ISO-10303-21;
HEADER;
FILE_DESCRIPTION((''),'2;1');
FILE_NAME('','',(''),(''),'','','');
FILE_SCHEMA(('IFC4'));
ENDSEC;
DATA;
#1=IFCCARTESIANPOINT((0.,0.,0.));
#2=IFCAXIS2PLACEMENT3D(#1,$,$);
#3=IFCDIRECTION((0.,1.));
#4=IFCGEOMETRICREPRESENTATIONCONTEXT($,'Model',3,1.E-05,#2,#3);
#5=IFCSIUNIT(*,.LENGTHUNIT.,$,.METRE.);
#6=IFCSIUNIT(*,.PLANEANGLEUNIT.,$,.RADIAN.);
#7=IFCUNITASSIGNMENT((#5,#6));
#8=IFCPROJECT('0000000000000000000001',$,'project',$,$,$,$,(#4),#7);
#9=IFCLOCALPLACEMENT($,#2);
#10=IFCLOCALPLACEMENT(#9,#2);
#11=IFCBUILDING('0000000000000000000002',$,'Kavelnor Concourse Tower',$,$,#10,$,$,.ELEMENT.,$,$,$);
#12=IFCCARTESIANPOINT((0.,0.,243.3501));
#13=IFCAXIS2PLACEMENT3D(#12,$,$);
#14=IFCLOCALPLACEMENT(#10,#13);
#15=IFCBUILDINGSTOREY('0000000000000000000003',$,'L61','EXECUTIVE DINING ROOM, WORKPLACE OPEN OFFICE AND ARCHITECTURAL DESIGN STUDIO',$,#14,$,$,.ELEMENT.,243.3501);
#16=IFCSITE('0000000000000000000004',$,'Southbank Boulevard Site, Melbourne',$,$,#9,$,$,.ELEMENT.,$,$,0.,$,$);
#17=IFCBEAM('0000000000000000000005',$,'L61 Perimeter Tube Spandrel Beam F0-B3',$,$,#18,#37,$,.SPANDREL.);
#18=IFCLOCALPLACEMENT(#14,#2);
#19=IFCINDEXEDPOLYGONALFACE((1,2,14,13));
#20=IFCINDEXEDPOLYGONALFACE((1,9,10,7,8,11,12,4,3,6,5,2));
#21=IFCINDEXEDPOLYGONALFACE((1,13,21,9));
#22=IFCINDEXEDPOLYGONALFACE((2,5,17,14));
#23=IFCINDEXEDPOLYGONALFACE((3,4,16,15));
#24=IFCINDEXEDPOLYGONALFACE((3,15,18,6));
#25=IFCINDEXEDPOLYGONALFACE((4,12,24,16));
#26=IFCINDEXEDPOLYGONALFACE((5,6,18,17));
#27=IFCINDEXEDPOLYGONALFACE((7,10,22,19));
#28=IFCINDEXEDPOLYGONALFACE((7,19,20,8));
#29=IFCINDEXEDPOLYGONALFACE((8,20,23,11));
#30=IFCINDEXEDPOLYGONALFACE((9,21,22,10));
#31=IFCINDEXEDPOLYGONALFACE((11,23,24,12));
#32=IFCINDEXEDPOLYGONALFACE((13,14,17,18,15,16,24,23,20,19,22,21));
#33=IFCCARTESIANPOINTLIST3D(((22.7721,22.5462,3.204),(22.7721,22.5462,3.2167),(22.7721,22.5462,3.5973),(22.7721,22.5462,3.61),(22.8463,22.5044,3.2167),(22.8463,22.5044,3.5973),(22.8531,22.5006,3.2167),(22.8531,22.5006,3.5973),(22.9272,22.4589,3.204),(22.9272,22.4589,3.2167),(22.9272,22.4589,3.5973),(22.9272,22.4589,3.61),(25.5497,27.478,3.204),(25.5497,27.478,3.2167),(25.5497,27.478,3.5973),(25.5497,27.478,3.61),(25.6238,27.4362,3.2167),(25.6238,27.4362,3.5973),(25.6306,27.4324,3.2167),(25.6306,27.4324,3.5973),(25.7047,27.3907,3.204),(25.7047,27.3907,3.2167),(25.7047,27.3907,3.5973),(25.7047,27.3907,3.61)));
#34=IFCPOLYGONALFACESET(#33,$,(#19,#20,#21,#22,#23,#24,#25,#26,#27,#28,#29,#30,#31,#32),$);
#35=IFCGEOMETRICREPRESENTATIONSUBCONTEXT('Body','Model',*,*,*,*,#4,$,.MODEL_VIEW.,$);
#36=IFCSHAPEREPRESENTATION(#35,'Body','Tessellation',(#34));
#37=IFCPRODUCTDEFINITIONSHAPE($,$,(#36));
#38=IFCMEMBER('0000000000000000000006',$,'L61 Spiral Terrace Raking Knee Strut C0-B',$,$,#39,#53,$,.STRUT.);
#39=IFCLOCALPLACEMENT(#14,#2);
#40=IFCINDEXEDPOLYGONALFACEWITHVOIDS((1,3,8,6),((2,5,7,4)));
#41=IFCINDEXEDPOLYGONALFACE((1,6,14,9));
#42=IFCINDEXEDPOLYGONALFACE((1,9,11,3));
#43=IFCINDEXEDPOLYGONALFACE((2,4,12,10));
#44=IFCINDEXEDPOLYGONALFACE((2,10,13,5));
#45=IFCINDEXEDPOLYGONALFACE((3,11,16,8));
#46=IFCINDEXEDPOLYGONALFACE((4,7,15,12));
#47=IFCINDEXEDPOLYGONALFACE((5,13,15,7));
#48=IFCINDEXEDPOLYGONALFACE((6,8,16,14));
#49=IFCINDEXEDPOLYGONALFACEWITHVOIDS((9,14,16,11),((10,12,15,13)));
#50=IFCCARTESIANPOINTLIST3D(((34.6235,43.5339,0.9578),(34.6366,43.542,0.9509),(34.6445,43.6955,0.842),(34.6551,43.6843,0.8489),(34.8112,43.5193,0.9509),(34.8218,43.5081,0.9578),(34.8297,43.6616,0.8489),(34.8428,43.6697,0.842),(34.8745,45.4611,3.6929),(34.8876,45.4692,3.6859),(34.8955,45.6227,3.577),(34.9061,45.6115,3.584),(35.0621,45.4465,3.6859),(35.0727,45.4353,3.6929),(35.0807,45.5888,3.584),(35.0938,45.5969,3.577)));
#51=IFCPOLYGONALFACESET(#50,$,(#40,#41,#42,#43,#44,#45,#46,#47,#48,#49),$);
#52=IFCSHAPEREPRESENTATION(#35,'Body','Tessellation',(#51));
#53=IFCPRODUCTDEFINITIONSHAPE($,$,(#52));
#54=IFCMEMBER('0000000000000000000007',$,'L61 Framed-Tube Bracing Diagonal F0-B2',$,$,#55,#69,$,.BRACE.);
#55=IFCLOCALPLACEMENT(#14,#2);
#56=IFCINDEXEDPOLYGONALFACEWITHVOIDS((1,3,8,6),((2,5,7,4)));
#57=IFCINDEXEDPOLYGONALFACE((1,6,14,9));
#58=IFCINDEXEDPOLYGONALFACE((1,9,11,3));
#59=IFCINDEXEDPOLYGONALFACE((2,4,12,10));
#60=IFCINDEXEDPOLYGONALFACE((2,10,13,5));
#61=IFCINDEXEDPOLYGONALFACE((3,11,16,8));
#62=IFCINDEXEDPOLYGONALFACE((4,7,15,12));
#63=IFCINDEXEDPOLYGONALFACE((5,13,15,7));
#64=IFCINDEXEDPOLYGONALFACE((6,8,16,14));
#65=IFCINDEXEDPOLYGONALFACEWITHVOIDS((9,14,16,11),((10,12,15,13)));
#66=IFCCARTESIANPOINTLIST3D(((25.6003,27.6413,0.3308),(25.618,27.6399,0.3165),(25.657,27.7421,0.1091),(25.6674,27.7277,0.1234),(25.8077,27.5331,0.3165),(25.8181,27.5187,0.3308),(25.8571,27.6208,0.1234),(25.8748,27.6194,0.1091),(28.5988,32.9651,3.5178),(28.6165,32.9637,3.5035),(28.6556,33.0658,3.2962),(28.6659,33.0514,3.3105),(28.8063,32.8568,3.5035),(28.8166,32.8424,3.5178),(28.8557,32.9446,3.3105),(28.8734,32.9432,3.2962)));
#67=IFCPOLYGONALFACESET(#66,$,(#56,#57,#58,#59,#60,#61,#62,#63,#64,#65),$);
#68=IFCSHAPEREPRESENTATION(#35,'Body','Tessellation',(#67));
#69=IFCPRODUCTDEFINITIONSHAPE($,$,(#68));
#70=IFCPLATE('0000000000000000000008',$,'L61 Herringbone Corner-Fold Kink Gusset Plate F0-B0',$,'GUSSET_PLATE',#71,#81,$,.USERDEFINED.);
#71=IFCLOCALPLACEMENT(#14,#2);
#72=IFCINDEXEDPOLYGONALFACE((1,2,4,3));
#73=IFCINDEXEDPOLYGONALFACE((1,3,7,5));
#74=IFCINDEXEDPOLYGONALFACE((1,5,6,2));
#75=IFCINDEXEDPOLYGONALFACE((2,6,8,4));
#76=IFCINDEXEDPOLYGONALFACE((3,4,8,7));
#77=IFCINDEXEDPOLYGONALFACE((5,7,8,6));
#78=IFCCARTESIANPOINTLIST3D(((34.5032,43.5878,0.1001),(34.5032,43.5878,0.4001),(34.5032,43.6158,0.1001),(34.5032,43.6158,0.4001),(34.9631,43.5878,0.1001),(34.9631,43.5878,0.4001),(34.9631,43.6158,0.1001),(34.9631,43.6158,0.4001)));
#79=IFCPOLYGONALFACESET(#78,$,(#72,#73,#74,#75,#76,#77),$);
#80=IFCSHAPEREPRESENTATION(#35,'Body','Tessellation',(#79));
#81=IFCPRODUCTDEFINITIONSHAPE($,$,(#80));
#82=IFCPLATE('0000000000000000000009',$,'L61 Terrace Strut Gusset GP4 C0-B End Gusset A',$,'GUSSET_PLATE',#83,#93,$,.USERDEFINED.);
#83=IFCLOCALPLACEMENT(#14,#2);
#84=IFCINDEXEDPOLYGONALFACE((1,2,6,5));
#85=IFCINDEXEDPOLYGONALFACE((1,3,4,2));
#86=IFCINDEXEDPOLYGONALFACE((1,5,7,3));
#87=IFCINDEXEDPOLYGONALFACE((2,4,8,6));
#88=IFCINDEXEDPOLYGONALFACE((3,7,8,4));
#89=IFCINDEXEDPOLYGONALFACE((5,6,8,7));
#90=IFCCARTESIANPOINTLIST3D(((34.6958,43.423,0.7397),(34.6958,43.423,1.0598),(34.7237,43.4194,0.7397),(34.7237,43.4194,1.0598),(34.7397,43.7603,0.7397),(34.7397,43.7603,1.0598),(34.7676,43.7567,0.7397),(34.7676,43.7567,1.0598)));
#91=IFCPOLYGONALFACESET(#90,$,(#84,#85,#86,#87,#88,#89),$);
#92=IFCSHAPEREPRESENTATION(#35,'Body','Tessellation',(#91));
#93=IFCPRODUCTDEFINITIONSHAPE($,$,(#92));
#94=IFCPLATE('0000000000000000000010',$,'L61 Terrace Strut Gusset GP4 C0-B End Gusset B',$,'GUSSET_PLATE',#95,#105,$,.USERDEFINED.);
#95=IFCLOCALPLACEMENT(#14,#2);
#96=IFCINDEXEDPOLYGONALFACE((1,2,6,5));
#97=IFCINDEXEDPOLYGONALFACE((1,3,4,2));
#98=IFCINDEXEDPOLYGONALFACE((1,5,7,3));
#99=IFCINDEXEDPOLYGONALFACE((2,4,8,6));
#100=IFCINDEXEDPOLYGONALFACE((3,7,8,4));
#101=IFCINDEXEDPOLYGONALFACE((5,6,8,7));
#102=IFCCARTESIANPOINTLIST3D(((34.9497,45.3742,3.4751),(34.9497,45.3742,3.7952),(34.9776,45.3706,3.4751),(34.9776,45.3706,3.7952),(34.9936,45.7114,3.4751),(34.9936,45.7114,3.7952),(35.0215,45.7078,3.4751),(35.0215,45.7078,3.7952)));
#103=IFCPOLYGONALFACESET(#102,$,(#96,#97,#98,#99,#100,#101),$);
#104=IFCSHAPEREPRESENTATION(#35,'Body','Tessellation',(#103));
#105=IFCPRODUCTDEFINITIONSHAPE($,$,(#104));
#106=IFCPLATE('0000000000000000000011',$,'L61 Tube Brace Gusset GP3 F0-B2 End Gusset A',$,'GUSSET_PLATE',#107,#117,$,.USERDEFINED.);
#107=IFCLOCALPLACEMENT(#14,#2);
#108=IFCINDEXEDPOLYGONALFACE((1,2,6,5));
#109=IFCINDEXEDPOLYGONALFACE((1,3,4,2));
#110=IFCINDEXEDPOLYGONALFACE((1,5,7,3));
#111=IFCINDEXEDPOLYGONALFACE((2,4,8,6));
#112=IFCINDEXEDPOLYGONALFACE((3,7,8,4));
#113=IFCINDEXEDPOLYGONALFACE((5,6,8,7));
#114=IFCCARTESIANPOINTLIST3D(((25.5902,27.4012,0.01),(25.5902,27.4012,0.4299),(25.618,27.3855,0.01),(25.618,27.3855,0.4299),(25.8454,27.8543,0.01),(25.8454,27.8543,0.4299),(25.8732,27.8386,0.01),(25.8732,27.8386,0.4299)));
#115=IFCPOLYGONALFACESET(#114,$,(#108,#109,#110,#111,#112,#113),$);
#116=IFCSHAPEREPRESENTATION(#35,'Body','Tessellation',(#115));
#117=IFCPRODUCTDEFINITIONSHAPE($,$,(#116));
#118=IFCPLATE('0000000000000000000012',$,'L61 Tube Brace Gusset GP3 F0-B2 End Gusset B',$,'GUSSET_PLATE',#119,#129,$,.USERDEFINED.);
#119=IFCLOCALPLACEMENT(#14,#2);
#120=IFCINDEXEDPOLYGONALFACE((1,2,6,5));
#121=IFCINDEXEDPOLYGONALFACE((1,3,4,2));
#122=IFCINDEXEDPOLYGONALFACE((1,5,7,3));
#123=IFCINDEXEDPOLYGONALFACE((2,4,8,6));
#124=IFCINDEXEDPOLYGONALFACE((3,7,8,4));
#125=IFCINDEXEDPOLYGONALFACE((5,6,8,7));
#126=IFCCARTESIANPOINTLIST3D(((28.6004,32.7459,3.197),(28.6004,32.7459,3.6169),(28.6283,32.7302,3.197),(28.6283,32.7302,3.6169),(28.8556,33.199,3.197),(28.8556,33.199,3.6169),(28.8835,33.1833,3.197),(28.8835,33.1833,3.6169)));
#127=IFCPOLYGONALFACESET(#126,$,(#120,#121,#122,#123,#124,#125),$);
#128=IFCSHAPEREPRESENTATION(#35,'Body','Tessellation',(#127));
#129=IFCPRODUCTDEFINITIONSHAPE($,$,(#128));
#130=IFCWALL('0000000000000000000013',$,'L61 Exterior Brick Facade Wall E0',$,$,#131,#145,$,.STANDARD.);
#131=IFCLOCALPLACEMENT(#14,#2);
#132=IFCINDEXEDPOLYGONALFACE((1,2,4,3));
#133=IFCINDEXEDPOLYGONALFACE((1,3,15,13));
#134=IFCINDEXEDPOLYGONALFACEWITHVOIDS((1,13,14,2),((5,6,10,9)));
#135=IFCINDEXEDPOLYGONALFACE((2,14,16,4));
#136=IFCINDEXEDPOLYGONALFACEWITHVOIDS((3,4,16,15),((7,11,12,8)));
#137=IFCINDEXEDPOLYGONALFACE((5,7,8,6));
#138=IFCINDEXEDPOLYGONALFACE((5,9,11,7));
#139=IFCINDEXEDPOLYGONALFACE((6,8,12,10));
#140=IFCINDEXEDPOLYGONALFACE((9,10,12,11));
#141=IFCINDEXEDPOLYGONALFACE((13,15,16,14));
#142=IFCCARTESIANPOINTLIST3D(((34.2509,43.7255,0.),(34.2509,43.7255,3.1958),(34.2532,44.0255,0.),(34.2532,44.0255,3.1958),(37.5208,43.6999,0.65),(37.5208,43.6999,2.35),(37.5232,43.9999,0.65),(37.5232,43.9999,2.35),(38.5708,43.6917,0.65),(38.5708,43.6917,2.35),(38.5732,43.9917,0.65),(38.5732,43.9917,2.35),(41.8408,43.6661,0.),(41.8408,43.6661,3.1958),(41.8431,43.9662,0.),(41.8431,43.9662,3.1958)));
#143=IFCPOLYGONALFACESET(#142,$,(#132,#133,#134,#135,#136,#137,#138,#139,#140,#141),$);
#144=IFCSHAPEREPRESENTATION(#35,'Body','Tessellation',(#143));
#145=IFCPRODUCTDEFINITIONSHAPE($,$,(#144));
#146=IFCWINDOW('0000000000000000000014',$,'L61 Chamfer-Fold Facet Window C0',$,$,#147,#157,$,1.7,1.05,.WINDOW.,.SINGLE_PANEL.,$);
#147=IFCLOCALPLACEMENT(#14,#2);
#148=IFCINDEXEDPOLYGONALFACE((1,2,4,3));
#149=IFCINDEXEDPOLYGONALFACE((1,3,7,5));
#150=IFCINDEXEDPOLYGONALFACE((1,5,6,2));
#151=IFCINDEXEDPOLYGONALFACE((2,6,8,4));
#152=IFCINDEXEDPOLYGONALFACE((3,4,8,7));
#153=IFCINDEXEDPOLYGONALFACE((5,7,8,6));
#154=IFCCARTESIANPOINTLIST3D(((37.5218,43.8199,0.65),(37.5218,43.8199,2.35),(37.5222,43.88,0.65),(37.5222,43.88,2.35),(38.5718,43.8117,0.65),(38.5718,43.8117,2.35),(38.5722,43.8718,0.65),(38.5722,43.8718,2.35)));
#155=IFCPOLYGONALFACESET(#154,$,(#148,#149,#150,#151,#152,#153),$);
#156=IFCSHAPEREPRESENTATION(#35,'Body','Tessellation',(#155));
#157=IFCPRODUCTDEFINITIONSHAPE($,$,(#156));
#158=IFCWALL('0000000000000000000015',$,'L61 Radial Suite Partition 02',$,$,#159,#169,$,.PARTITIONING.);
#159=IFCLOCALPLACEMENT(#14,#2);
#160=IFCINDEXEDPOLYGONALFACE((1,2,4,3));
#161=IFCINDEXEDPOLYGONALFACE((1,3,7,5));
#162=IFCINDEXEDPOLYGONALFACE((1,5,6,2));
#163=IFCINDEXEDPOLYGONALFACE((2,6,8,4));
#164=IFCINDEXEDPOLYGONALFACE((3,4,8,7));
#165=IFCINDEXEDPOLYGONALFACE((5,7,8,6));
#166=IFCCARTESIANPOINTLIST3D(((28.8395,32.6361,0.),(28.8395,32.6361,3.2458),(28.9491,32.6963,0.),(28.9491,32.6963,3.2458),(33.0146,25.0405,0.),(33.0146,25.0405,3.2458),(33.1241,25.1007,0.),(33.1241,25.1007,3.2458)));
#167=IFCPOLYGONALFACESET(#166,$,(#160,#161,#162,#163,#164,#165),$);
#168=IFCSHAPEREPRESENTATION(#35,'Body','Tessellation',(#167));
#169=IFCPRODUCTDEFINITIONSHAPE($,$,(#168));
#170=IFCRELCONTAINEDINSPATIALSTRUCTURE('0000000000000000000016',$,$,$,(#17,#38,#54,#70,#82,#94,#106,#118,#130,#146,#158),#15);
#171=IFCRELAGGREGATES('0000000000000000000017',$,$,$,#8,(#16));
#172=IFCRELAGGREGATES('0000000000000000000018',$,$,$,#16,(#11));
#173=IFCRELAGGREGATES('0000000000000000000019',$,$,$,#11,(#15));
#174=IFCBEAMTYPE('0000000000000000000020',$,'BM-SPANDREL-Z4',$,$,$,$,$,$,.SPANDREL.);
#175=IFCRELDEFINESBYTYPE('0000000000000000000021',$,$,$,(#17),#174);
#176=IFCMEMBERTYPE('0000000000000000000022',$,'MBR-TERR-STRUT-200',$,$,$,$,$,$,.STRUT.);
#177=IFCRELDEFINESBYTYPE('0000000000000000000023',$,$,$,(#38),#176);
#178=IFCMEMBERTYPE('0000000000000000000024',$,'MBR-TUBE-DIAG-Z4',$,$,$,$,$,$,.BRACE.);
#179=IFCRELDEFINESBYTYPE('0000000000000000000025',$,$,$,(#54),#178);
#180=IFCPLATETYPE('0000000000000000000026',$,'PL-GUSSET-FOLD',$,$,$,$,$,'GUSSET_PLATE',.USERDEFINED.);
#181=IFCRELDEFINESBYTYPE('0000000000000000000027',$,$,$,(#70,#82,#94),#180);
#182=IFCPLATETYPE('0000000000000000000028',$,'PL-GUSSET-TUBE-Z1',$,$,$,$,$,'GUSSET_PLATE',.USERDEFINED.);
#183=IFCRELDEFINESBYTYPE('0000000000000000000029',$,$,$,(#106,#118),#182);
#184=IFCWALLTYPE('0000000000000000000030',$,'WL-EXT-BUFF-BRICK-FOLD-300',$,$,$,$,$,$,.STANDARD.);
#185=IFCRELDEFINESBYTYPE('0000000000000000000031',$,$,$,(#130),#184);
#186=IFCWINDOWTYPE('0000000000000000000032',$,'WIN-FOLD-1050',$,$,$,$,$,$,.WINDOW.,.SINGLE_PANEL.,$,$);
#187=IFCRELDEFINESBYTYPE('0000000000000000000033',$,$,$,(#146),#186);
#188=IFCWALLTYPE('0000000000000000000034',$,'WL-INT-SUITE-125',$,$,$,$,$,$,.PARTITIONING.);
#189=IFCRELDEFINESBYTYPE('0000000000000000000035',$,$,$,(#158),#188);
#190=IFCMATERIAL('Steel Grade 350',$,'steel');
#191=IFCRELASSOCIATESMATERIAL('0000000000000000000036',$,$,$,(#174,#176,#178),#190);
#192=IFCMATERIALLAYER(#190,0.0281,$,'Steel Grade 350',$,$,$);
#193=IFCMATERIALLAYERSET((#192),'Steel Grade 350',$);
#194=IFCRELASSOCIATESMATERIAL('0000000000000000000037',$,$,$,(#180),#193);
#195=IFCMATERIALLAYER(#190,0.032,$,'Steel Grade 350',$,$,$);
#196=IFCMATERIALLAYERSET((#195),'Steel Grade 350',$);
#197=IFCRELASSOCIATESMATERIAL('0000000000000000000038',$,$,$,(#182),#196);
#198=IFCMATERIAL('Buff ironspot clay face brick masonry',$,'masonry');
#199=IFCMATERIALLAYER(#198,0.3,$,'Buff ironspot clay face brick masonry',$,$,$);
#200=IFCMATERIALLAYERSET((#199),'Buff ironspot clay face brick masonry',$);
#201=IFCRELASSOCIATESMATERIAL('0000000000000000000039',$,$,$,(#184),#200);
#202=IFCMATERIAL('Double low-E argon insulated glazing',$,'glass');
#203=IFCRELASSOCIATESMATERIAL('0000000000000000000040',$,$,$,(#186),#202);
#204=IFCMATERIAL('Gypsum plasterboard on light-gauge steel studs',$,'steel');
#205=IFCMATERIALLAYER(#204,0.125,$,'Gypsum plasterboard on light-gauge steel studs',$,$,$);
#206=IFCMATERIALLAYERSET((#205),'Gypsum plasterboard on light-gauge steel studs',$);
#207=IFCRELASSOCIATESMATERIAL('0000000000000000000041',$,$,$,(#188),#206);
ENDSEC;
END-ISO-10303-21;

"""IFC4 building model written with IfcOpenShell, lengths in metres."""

from ifc_helpers import new_model, si_unit, direction, frame, frame_2d, origin, origin_2d, place, context, subcontext, project, spatial, rectangle, hollow_rectangle, i_section, extrude, material, layer, layer_set, material_profile, profile_set, type_object, element, fill, save


model = new_model("IFC4")

# Units and contexts
model_context = context("Model", 3, precision=1e-05, world=origin(), true_north=direction((0.0, 1.0)))
body_context = subcontext(model_context, "Body", "Model", "MODEL_VIEW")
ifc_project = project(units=[si_unit("LENGTHUNIT", "METRE"), si_unit("PLANEANGLEUNIT", "RADIAN")], contexts=[model_context])

# Site, building, storey
site_placement = place(None, origin())
site = spatial("IfcSite", under=ifc_project, at=site_placement, Name="Southbank Boulevard Site, Melbourne", CompositionType="ELEMENT", RefElevation=0.0)
building_placement = place(site_placement, origin())
building = spatial("IfcBuilding", under=site, at=building_placement, Name="Kavelnor Concourse Tower", CompositionType="ELEMENT")
storey_placement = place(building_placement, frame((0.0, 0.0, 243.3501)))
storey = spatial("IfcBuildingStorey", under=building, at=storey_placement, Name="L61", Description="EXECUTIVE DINING ROOM, WORKPLACE OPEN OFFICE AND ARCHITECTURAL DESIGN STUDIO", CompositionType="ELEMENT", Elevation=243.3501)

# Shared definitions
ifc_material_1 = material(Name="Steel Grade 350", Category="steel")

# Beam
ifc_material_profile_1 = material_profile(ifc_material_1, i_section(OverallWidth=0.178, OverallDepth=0.406, WebThickness=0.0078, FlangeThickness=0.0127, at=origin_2d()), Name="410UB59")
ifc_profile_set_1 = profile_set([ifc_material_profile_1], Name="Steel Grade 350")
beam_type_1 = type_object("IfcBeamType", Name="BM-SPANDREL-Z4", PredefinedType="SPANDREL", material=ifc_profile_set_1)
beam_1_placement = place(storey_placement, frame((25.6272, 27.4343, 3.407), z_axis=(-0.490718, -0.871319, 0.0), x_axis=(0.871319, -0.490718, 0.0)))
element("IfcBeam", 1, at=beam_1_placement, inside=storey, type_object=beam_type_1, Name="L61 Perimeter Tube Spandrel Beam F0-B3", PredefinedType="SPANDREL", context=body_context, shape_type="SweptSolid", body=[
    extrude(i_section(OverallWidth=0.178, OverallDepth=0.406, WebThickness=0.0078, FlangeThickness=0.0127, at=origin_2d()), origin(), (0.0, 0.0, 1.0), 5.6602),
])

# Members
ifc_material_profile_2 = material_profile(ifc_material_1, hollow_rectangle(XDim=0.2, YDim=0.2, WallThickness=0.012, at=origin_2d()), Name="SHS 200x200x12")
ifc_profile_set_2 = profile_set([ifc_material_profile_2], Name="Steel Grade 350")
member_type_1 = type_object("IfcMemberType", Name="MBR-TERR-STRUT-200", PredefinedType="STRUT", material=ifc_profile_set_2)
member_1_placement = place(storey_placement, frame((34.7332, 43.6018, 0.8999), z_axis=(0.0748, 0.574388, 0.815159), x_axis=(-0.991627, 0.129135, 0.0)))
element("IfcMember", 2, at=member_1_placement, inside=storey, type_object=member_type_1, Name="L61 Spiral Terrace Raking Knee Strut C0-B", PredefinedType="STRUT", context=body_context, shape_type="SweptSolid", body=[
    extrude(hollow_rectangle(XDim=0.2, YDim=0.2, WallThickness=0.012, at=origin_2d()), origin(), (0.0, 0.0, 1.0), 3.3552),
])
ifc_material_profile_3 = material_profile(ifc_material_1, hollow_rectangle(XDim=0.25, YDim=0.25, WallThickness=0.0161, at=origin_2d()), Name="SHS 250x250x16")
ifc_profile_set_3 = profile_set([ifc_material_profile_3], Name="Steel Grade 350")
member_type_2 = type_object("IfcMemberType", Name="MBR-TUBE-DIAG-Z4", PredefinedType="BRACE", material=ifc_profile_set_3)
member_2_placement = place(storey_placement, frame((25.7375, 27.6304, 0.22), z_axis=(0.435117, 0.772526, 0.462467), x_axis=(-0.8713, 0.490751, 0.0)))
element("IfcMember", 3, at=member_2_placement, inside=storey, type_object=member_type_2, Name="L61 Framed-Tube Bracing Diagonal F0-B2", PredefinedType="BRACE", context=body_context, shape_type="SweptSolid", body=[
    extrude(hollow_rectangle(XDim=0.25, YDim=0.25, WallThickness=0.0161, at=origin_2d()), origin(), (0.0, 0.0, 1.0), 6.8914),
])

# Plates
ifc_layer_1 = layer(ifc_material_1, 0.0281, Name="Steel Grade 350")
ifc_layer_set_1 = layer_set([ifc_layer_1], Name="Steel Grade 350")
plate_type_1 = type_object("IfcPlateType", Name="PL-GUSSET-FOLD", ElementType="GUSSET_PLATE", PredefinedType="USERDEFINED", material=ifc_layer_set_1)
plate_placement = place(storey_placement, frame((34.7332, 43.6018, 0.1001), z_axis=(0.0, 0.0, 1.0), x_axis=(1.0, 0.0, 0.0)))
element("IfcPlate", 4, at=plate_placement, inside=storey, type_object=plate_type_1, Name="L61 Herringbone Corner-Fold Kink Gusset Plate F0-B0", ObjectType="GUSSET_PLATE", PredefinedType="USERDEFINED", context=body_context, shape_type="SweptSolid", body=[
    extrude(rectangle(XDim=0.46, YDim=0.0281, at=origin_2d()), origin(), (0.0, 0.0, 1.0), 0.3),
])
for number, where, z_axis, x_axis, name in (
    (5, (34.7317, 43.5898, 0.7397), (0.0, 0.0, 1.0), (0.129142, 0.991626, 0.0), "L61 Terrace Strut Gusset GP4 C0-B End Gusset A"),
    (6, (34.9856, 45.541, 3.4751), (0.0, 0.0, 1.0), (0.129142, 0.991626, 0.0), "L61 Terrace Strut Gusset GP4 C0-B End Gusset B"),
):
    element("IfcPlate", number, at=place(storey_placement, frame(where, z_axis=z_axis, x_axis=x_axis)), inside=storey, type_object=plate_type_1, Name=name, ObjectType="GUSSET_PLATE", PredefinedType="USERDEFINED", context=body_context, shape_type="SweptSolid", body=[
        extrude(rectangle(XDim=0.3401, YDim=0.0281, at=origin_2d()), origin(), (0.0, 0.0, 1.0), 0.3201),
    ])
ifc_layer_2 = layer(ifc_material_1, 0.032, Name="Steel Grade 350")
ifc_layer_set_2 = layer_set([ifc_layer_2], Name="Steel Grade 350")
plate_type_2 = type_object("IfcPlateType", Name="PL-GUSSET-TUBE-Z1", ElementType="GUSSET_PLATE", PredefinedType="USERDEFINED", material=ifc_layer_set_2)
for number, where, z_axis, x_axis, name in (
    (7, (25.7317, 27.6199, 0.01), (0.0, 0.0, 1.0), (0.490752, 0.871299, 0.0), "L61 Tube Brace Gusset GP3 F0-B2 End Gusset A"),
    (8, (28.7419, 32.9646, 3.197), (0.0, 0.0, 1.0), (0.490752, 0.871299, 0.0), "L61 Tube Brace Gusset GP3 F0-B2 End Gusset B"),
):
    element("IfcPlate", number, at=place(storey_placement, frame(where, z_axis=z_axis, x_axis=x_axis)), inside=storey, type_object=plate_type_2, Name=name, ObjectType="GUSSET_PLATE", PredefinedType="USERDEFINED", context=body_context, shape_type="SweptSolid", body=[
        extrude(rectangle(XDim=0.52, YDim=0.032, at=origin_2d()), origin(), (0.0, 0.0, 1.0), 0.4199),
    ])

# Wall, opening, window
ifc_material_2 = material(Name="Buff ironspot clay face brick masonry", Category="masonry")
ifc_layer_3 = layer(ifc_material_2, 0.3, Name="Buff ironspot clay face brick masonry")
ifc_layer_set_3 = layer_set([ifc_layer_3], Name="Buff ironspot clay face brick masonry")
wall_type_1 = type_object("IfcWallType", Name="WL-EXT-BUFF-BRICK-FOLD-300", PredefinedType="STANDARD", material=ifc_layer_set_3)
wall_1_placement = place(storey_placement, frame((34.2522, 43.8755, 0.0), z_axis=(0.0, 0.0, 1.0), x_axis=(0.999969, -0.007816, 0.0)))
wall_1 = element("IfcWall", 9, at=wall_1_placement, inside=storey, type_object=wall_type_1, Name="L61 Exterior Brick Facade Wall E0", PredefinedType="STANDARD", context=body_context, shape_type="SweptSolid", body=[
    extrude(rectangle(XDim=7.5901, YDim=0.3, at=frame_2d((3.7949, 0.0))), origin(), (0.0, 0.0, 1.0), 3.1958),
])
opening_placement = place(wall_1_placement, frame((3.27, 0.0, 0.6499)))
opening = element("IfcOpeningElement", 10, at=opening_placement, cuts=wall_1, PredefinedType="OPENING", context=body_context, shape_type="SweptSolid", body=[
    extrude(rectangle(XDim=1.05, YDim=1.7, at=frame_2d((0.5249, 0.8501))), frame((0.0, 0.1602, 0.0), z_axis=(0.0, -1.0, 0.0), x_axis=(1.0, 0.0, 0.0)), (0.0, 0.0, 1.0), 0.3201),
])
ifc_material_3 = material(Name="Double low-E argon insulated glazing", Category="glass")
window_type = type_object("IfcWindowType", Name="WIN-FOLD-1050", PartitioningType="SINGLE_PANEL", PredefinedType="WINDOW", material=ifc_material_3)
window_placement = place(opening_placement, origin())
window = element("IfcWindow", 11, at=window_placement, inside=storey, type_object=window_type, Name="L61 Chamfer-Fold Facet Window C0", OverallHeight=1.7, OverallWidth=1.05, PartitioningType="SINGLE_PANEL", PredefinedType="WINDOW", context=body_context, shape_type="SweptSolid", body=[
    extrude(rectangle(XDim=1.05, YDim=1.7, at=frame_2d((0.5249, 0.8501))), frame((0.0, 0.03, 0.0), z_axis=(0.0, -1.0, 0.0), x_axis=(1.0, 0.0, 0.0)), (0.0, 0.0, 1.0), 0.0601),
])
fill(opening, window)

# Wall
ifc_material_4 = material(Name="Gypsum plasterboard on light-gauge steel studs", Category="steel")
ifc_layer_4 = layer(ifc_material_4, 0.125, Name="Gypsum plasterboard on light-gauge steel studs")
ifc_layer_set_4 = layer_set([ifc_layer_4], Name="Gypsum plasterboard on light-gauge steel studs")
wall_type_2 = type_object("IfcWallType", Name="WL-INT-SUITE-125", PredefinedType="PARTITIONING", material=ifc_layer_set_4)
wall_2_placement = place(storey_placement, frame((33.0693, 25.0706, 0.0), z_axis=(0.0, 0.0, 1.0), x_axis=(-0.48169, 0.876342, 0.0)))
element("IfcWall", 12, at=wall_2_placement, inside=storey, type_object=wall_type_2, Name="L61 Radial Suite Partition 02", PredefinedType="PARTITIONING", context=body_context, shape_type="SweptSolid", body=[
    extrude(rectangle(XDim=8.6675, YDim=0.125, at=frame_2d((4.3337, 0.0))), origin(), (0.0, 0.0, 1.0), 3.2458),
])

save(model, "model.ifc")
